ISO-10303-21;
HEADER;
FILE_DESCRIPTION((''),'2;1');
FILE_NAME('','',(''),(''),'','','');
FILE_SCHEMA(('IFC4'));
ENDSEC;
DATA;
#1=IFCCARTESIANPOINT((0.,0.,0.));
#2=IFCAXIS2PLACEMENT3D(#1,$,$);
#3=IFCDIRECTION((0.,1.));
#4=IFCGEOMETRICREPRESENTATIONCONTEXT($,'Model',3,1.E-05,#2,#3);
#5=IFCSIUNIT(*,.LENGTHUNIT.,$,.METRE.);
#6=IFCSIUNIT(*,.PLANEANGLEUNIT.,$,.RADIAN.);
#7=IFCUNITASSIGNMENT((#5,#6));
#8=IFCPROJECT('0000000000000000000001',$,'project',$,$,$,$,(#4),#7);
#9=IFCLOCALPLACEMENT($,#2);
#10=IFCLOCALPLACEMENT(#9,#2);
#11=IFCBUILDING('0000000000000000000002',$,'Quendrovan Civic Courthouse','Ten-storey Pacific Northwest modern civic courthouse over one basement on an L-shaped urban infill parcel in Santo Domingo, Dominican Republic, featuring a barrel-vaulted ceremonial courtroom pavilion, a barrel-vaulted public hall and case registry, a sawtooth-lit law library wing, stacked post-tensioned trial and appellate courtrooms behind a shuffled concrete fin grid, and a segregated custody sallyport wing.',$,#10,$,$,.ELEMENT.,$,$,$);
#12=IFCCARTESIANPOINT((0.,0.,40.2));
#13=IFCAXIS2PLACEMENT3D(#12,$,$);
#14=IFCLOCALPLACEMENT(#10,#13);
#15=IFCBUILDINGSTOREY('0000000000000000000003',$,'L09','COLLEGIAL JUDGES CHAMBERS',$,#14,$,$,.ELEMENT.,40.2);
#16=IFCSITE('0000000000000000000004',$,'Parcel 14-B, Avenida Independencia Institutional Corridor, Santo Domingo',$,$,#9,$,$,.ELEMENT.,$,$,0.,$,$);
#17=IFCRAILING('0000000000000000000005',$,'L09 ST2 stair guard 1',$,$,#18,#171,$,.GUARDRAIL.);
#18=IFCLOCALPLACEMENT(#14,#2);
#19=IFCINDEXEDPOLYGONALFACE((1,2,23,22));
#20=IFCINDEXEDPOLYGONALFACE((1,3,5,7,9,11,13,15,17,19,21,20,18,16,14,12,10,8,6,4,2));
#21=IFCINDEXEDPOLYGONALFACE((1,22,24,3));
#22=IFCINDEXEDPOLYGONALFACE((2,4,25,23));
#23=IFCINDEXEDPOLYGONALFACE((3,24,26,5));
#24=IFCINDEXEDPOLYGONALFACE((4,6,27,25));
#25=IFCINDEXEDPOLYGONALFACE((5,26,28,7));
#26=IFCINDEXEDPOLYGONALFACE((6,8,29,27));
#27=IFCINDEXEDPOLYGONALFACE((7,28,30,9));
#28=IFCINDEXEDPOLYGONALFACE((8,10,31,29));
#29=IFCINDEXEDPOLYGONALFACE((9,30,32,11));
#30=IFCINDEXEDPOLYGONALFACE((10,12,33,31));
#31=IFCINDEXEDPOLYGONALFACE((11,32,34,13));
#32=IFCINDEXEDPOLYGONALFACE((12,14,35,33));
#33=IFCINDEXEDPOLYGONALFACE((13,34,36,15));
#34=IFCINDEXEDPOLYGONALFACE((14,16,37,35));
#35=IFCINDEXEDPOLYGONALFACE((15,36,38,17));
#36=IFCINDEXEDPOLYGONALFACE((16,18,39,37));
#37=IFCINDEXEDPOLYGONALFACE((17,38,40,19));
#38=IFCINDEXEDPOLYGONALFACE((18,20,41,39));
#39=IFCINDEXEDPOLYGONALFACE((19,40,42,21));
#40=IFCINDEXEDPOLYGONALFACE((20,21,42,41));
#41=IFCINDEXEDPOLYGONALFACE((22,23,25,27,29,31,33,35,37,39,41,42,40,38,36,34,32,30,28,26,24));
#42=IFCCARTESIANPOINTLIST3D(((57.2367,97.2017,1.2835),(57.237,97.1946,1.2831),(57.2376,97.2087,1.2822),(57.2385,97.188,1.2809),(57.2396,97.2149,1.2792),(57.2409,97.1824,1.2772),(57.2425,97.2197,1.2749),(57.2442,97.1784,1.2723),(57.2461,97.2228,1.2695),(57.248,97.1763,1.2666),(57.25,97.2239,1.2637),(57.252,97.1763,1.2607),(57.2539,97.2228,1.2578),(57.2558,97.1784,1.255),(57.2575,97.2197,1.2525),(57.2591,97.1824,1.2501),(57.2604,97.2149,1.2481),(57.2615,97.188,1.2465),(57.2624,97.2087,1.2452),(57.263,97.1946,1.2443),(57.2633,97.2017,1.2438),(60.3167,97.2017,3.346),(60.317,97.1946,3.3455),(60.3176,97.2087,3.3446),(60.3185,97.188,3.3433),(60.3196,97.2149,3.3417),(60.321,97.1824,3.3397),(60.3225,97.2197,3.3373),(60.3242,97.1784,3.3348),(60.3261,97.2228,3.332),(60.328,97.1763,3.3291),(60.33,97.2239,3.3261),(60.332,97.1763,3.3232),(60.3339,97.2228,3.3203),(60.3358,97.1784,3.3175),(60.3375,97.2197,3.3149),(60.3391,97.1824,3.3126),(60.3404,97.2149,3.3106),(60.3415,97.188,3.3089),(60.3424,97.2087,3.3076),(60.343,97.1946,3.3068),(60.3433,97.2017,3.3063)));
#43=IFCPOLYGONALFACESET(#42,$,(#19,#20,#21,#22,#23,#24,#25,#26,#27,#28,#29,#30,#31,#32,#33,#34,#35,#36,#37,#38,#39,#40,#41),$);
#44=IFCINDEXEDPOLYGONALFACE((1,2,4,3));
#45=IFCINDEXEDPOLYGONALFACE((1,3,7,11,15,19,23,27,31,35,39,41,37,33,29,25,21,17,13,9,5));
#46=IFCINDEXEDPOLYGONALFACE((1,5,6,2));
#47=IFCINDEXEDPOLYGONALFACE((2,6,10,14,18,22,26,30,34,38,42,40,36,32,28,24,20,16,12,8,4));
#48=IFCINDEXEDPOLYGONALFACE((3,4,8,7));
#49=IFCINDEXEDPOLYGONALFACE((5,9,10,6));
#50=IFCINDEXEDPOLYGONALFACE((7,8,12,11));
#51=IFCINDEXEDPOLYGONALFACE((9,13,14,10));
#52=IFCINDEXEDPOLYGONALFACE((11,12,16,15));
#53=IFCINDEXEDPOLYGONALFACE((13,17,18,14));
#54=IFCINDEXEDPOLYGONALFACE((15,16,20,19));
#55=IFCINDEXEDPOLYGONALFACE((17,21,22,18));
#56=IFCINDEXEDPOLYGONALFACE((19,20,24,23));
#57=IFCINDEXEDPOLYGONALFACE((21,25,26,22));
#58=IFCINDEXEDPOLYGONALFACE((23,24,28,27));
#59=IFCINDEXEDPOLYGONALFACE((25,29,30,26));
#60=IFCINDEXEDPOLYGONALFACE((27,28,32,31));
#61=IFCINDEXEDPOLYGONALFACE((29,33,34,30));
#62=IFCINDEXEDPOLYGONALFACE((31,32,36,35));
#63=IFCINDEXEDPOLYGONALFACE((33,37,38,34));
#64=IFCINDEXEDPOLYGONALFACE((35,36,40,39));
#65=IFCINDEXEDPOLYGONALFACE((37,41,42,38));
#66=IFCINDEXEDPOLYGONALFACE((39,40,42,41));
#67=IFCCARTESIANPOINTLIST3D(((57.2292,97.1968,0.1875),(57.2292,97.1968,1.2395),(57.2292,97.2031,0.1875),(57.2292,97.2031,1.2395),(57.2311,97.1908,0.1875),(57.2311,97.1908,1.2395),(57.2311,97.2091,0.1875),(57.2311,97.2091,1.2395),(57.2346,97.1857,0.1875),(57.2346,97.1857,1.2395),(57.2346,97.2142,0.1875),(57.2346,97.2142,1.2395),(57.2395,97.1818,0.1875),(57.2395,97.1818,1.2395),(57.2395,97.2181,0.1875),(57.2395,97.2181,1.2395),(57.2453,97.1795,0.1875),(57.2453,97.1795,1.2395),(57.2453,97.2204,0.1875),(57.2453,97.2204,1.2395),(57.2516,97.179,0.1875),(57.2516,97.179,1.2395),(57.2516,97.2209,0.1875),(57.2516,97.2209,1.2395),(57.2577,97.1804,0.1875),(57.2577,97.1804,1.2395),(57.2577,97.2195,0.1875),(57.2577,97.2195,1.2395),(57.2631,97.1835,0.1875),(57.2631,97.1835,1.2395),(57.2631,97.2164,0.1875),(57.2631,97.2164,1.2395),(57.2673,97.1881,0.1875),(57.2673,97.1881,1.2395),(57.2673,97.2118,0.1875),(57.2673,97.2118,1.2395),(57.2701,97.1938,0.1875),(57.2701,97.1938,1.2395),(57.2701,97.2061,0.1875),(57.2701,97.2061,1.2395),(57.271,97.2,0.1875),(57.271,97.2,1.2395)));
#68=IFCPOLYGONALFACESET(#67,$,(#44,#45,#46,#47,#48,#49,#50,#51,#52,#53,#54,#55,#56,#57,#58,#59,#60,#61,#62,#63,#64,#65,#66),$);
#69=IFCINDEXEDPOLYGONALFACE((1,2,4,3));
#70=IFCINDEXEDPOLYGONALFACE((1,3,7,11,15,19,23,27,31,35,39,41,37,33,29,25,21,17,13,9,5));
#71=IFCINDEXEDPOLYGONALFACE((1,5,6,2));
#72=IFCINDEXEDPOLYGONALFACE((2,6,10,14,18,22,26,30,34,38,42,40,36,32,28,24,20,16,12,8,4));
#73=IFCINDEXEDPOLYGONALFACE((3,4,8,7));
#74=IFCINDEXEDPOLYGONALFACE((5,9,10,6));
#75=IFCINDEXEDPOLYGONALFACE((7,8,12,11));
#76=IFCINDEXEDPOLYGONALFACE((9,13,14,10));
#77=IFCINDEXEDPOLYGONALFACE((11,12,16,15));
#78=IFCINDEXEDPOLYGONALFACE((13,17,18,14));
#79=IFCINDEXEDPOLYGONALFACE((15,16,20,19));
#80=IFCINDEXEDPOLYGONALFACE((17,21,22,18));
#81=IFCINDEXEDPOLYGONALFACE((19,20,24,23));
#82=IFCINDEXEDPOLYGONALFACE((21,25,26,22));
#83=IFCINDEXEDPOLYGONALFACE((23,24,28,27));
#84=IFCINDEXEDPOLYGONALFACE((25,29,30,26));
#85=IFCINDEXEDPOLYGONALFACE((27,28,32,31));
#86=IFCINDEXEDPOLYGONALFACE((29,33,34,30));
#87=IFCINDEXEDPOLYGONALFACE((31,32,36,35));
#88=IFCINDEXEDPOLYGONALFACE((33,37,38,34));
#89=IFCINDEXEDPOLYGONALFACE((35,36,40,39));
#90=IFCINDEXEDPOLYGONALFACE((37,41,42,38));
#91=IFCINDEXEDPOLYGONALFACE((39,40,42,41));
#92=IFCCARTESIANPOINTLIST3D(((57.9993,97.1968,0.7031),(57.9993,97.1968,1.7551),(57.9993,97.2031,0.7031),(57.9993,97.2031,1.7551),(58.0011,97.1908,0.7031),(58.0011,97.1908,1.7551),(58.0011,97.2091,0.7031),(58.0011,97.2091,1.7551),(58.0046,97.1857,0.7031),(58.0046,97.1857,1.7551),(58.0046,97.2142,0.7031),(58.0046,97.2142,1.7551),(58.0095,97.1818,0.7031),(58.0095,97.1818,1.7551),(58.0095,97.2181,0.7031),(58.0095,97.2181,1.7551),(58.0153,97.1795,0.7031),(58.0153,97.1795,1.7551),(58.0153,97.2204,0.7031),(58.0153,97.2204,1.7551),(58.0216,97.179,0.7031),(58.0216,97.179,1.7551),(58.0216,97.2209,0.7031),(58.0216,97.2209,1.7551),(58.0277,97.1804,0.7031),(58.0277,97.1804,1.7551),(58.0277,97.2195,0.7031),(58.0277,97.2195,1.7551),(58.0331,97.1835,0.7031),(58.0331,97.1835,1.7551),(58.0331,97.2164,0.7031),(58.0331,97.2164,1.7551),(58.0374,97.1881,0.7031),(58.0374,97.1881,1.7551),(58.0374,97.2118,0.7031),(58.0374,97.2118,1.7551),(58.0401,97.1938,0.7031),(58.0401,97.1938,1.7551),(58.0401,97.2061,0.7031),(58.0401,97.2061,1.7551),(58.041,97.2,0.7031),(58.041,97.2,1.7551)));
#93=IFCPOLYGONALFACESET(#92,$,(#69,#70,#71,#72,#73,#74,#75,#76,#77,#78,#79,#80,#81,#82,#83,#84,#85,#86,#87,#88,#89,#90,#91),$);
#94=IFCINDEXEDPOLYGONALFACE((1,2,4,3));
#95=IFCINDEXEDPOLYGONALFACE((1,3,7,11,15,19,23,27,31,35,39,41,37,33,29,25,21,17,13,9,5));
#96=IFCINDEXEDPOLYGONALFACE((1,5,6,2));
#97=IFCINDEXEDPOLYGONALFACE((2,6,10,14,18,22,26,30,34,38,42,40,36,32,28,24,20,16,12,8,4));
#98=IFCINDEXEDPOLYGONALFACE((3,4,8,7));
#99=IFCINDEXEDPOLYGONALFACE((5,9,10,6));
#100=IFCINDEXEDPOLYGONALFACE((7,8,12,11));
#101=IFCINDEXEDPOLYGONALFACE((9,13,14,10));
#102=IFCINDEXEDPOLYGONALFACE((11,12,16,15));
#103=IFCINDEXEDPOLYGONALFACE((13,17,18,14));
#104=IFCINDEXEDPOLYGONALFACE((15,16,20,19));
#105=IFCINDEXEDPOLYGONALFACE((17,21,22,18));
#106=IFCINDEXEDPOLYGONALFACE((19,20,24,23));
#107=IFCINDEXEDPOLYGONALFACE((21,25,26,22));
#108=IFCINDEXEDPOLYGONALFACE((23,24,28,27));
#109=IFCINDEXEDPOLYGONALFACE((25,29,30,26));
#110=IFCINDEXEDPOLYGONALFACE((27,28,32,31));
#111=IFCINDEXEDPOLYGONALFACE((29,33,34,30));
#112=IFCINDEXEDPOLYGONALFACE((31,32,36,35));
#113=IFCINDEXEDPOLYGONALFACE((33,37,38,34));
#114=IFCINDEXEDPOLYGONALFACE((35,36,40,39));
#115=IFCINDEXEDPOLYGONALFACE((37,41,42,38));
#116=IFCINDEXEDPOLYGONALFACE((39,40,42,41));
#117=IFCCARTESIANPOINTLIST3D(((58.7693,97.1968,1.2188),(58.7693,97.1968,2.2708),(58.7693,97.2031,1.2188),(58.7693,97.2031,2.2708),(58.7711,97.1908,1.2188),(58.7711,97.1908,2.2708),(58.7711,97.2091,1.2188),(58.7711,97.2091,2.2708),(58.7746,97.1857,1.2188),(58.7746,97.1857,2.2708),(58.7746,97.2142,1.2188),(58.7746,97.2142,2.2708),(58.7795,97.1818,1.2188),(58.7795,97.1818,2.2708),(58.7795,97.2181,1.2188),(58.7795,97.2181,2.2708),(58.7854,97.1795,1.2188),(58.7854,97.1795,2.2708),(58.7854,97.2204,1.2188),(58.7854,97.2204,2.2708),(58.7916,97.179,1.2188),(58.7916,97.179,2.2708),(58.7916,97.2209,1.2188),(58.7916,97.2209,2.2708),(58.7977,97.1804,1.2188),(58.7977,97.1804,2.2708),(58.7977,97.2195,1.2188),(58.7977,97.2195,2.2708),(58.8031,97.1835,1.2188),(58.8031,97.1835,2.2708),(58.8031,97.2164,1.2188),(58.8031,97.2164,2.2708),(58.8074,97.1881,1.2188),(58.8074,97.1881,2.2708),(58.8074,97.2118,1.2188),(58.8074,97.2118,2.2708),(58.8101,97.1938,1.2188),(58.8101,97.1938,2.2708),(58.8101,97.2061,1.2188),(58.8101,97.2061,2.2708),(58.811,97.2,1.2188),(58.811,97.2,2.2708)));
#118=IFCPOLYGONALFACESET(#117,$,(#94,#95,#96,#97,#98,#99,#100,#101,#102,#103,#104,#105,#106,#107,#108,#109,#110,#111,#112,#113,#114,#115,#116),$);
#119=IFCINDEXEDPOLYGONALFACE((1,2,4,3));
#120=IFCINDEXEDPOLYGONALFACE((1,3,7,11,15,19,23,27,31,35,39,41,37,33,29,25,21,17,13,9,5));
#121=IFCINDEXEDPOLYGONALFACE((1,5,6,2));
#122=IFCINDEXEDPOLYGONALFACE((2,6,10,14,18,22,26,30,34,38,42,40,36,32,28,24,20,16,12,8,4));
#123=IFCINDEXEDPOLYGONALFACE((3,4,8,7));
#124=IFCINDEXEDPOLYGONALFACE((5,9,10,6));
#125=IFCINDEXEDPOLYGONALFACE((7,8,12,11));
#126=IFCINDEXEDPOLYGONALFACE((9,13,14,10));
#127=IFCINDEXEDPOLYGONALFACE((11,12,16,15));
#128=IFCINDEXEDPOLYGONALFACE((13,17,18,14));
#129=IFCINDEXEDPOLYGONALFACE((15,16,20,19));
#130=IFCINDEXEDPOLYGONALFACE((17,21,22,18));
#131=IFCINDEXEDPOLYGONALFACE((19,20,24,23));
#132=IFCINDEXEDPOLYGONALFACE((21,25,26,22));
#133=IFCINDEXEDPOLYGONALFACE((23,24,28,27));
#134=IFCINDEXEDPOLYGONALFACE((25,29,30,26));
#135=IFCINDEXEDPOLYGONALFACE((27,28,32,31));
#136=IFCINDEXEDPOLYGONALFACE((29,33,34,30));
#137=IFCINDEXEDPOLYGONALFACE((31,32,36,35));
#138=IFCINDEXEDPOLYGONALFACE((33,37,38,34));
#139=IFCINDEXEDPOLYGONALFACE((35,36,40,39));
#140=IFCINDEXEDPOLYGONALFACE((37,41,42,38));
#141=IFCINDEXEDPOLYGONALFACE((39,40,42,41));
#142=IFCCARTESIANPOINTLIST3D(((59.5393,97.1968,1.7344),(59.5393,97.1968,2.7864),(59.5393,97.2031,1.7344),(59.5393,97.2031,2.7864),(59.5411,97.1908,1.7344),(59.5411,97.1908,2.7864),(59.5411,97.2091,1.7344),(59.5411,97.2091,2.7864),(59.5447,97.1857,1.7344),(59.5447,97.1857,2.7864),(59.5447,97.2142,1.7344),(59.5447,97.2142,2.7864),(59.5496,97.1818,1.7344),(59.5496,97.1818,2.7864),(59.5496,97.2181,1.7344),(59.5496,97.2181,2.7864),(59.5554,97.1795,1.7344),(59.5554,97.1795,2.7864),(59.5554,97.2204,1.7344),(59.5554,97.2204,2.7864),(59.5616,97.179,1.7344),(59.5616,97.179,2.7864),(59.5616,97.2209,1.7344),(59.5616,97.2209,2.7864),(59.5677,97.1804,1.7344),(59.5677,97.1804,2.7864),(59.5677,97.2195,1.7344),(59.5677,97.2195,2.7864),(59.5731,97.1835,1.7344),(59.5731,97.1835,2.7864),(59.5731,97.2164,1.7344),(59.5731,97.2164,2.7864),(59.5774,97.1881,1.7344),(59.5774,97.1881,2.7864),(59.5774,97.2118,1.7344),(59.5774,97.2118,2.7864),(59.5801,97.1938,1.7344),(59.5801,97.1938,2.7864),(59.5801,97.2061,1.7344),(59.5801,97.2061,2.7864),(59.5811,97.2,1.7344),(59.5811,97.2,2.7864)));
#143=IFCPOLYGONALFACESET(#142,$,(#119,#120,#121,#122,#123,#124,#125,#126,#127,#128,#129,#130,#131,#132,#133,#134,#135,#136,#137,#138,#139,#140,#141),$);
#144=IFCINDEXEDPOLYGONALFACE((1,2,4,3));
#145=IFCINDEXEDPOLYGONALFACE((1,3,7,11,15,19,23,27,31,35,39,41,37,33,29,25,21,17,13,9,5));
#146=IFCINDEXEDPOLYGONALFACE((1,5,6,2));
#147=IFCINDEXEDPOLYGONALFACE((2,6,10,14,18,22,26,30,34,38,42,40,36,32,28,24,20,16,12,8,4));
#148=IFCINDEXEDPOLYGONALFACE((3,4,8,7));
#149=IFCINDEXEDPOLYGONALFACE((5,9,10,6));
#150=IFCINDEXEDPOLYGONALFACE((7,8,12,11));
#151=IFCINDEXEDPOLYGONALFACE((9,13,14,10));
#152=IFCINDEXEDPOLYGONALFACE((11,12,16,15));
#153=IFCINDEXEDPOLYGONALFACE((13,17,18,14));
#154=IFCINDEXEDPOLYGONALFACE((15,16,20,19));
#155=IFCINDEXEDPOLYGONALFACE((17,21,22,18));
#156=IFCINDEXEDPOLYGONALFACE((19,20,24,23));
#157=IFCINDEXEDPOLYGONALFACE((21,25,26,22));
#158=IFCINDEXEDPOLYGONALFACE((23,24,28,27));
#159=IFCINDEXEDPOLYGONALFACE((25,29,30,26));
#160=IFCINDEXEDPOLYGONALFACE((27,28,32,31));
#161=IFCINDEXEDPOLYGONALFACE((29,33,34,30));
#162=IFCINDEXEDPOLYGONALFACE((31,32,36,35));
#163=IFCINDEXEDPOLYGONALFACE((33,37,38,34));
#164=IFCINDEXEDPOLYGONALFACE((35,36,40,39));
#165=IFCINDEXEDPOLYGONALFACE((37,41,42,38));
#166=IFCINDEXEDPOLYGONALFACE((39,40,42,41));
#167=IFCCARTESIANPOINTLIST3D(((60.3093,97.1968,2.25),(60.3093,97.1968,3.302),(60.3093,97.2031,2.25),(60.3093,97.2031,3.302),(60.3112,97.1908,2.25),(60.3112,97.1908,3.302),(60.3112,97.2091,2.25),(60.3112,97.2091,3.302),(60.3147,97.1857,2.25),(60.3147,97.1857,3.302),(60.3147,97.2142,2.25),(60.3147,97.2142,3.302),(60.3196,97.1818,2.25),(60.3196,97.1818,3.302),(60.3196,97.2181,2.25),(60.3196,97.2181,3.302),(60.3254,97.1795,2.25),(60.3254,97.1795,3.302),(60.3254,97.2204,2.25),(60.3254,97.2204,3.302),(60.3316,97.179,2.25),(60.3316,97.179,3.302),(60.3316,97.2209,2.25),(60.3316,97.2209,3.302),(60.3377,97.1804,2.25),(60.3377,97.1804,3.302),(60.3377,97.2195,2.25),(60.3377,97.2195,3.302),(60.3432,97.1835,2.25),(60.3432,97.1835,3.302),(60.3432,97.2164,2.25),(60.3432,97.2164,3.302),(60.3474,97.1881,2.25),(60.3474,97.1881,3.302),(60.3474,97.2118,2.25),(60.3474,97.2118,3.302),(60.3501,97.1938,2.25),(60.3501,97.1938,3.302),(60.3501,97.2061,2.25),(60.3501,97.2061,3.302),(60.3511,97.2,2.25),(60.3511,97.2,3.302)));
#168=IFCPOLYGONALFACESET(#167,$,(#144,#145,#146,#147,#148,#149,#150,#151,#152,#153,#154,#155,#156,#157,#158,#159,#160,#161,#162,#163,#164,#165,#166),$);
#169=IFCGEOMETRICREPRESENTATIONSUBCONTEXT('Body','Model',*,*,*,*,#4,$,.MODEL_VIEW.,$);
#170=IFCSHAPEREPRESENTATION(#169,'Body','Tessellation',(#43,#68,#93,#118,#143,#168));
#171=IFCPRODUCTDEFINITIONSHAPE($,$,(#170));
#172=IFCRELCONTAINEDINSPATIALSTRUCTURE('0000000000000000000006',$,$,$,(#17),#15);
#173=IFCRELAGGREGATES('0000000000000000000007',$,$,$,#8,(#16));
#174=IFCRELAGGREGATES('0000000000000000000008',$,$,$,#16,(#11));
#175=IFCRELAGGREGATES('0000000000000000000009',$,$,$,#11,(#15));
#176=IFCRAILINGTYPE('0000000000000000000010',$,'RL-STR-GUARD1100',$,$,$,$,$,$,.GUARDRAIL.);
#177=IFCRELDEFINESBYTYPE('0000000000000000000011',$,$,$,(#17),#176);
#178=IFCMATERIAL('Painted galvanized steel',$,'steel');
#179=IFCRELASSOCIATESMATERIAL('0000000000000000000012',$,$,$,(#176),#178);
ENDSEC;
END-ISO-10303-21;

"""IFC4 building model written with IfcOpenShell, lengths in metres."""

from ifc_helpers import new_model, si_unit, direction, frame, origin, origin_2d, place, context, subcontext, project, spatial, circle, extrude, material, type_object, element, save


model = new_model("IFC4")

# Units and contexts
model_context = context("Model", 3, precision=1e-05, world=origin(), true_north=direction((0.0, 1.0)))
body_context = subcontext(model_context, "Body", "Model", "MODEL_VIEW")
ifc_project = project(units=[si_unit("LENGTHUNIT", "METRE"), si_unit("PLANEANGLEUNIT", "RADIAN")], contexts=[model_context])

# Site, building, storey
site_placement = place(None, origin())
site = spatial("IfcSite", under=ifc_project, at=site_placement, Name="Parcel 14-B, Avenida Independencia Institutional Corridor, Santo Domingo", CompositionType="ELEMENT", RefElevation=0.0)
building_placement = place(site_placement, origin())
building = spatial("IfcBuilding", under=site, at=building_placement, Name="Quendrovan Civic Courthouse", Description="Ten-storey Pacific Northwest modern civic courthouse over one basement on an L-shaped urban infill parcel in Santo Domingo, Dominican Republic, featuring a barrel-vaulted ceremonial courtroom pavilion, a barrel-vaulted public hall and case registry, a sawtooth-lit law library wing, stacked post-tensioned trial and appellate courtrooms behind a shuffled concrete fin grid, and a segregated custody sallyport wing.", CompositionType="ELEMENT")
storey_placement = place(building_placement, frame((0.0, 0.0, 40.2)))
storey = spatial("IfcBuildingStorey", under=building, at=storey_placement, Name="L09", Description="COLLEGIAL JUDGES CHAMBERS", CompositionType="ELEMENT", Elevation=40.2)

# Railing
ifc_material_1 = material(Name="Painted galvanized steel", Category="steel")
railing_type_1 = type_object("IfcRailingType", Name="RL-STR-GUARD1100", PredefinedType="GUARDRAIL", material=ifc_material_1)
railing_1_placement = place(storey_placement, frame((57.25, 97.2, 0.1875)))
element("IfcRailing", 1, at=railing_1_placement, inside=storey, type_object=railing_type_1, Name="L09 ST2 stair guard 1", PredefinedType="GUARDRAIL", context=body_context, shape_type="SweptSolid", body=[
    extrude(circle(Radius=0.0239, at=origin_2d()), frame((0.0, 0.0, 1.0762), z_axis=(0.830914, 0.0, 0.556401), x_axis=(0.0, 1.0, 0.0)), (0.0, 0.0, 1.0), 3.7068),
    extrude(circle(Radius=0.021, at=origin_2d()), origin(), (0.0, 0.0, 1.0), 1.052),
    extrude(circle(Radius=0.021, at=origin_2d()), frame((0.77, 0.0, 0.5156)), (0.0, 0.0, 1.0), 1.052),
    extrude(circle(Radius=0.021, at=origin_2d()), frame((1.54, 0.0, 1.0312)), (0.0, 0.0, 1.0), 1.052),
    extrude(circle(Radius=0.021, at=origin_2d()), frame((2.3101, 0.0, 1.5469)), (0.0, 0.0, 1.0), 1.052),
    extrude(circle(Radius=0.021, at=origin_2d()), frame((3.0801, 0.0, 2.0625)), (0.0, 0.0, 1.0), 1.052),
])

save(model, "model.ifc")
